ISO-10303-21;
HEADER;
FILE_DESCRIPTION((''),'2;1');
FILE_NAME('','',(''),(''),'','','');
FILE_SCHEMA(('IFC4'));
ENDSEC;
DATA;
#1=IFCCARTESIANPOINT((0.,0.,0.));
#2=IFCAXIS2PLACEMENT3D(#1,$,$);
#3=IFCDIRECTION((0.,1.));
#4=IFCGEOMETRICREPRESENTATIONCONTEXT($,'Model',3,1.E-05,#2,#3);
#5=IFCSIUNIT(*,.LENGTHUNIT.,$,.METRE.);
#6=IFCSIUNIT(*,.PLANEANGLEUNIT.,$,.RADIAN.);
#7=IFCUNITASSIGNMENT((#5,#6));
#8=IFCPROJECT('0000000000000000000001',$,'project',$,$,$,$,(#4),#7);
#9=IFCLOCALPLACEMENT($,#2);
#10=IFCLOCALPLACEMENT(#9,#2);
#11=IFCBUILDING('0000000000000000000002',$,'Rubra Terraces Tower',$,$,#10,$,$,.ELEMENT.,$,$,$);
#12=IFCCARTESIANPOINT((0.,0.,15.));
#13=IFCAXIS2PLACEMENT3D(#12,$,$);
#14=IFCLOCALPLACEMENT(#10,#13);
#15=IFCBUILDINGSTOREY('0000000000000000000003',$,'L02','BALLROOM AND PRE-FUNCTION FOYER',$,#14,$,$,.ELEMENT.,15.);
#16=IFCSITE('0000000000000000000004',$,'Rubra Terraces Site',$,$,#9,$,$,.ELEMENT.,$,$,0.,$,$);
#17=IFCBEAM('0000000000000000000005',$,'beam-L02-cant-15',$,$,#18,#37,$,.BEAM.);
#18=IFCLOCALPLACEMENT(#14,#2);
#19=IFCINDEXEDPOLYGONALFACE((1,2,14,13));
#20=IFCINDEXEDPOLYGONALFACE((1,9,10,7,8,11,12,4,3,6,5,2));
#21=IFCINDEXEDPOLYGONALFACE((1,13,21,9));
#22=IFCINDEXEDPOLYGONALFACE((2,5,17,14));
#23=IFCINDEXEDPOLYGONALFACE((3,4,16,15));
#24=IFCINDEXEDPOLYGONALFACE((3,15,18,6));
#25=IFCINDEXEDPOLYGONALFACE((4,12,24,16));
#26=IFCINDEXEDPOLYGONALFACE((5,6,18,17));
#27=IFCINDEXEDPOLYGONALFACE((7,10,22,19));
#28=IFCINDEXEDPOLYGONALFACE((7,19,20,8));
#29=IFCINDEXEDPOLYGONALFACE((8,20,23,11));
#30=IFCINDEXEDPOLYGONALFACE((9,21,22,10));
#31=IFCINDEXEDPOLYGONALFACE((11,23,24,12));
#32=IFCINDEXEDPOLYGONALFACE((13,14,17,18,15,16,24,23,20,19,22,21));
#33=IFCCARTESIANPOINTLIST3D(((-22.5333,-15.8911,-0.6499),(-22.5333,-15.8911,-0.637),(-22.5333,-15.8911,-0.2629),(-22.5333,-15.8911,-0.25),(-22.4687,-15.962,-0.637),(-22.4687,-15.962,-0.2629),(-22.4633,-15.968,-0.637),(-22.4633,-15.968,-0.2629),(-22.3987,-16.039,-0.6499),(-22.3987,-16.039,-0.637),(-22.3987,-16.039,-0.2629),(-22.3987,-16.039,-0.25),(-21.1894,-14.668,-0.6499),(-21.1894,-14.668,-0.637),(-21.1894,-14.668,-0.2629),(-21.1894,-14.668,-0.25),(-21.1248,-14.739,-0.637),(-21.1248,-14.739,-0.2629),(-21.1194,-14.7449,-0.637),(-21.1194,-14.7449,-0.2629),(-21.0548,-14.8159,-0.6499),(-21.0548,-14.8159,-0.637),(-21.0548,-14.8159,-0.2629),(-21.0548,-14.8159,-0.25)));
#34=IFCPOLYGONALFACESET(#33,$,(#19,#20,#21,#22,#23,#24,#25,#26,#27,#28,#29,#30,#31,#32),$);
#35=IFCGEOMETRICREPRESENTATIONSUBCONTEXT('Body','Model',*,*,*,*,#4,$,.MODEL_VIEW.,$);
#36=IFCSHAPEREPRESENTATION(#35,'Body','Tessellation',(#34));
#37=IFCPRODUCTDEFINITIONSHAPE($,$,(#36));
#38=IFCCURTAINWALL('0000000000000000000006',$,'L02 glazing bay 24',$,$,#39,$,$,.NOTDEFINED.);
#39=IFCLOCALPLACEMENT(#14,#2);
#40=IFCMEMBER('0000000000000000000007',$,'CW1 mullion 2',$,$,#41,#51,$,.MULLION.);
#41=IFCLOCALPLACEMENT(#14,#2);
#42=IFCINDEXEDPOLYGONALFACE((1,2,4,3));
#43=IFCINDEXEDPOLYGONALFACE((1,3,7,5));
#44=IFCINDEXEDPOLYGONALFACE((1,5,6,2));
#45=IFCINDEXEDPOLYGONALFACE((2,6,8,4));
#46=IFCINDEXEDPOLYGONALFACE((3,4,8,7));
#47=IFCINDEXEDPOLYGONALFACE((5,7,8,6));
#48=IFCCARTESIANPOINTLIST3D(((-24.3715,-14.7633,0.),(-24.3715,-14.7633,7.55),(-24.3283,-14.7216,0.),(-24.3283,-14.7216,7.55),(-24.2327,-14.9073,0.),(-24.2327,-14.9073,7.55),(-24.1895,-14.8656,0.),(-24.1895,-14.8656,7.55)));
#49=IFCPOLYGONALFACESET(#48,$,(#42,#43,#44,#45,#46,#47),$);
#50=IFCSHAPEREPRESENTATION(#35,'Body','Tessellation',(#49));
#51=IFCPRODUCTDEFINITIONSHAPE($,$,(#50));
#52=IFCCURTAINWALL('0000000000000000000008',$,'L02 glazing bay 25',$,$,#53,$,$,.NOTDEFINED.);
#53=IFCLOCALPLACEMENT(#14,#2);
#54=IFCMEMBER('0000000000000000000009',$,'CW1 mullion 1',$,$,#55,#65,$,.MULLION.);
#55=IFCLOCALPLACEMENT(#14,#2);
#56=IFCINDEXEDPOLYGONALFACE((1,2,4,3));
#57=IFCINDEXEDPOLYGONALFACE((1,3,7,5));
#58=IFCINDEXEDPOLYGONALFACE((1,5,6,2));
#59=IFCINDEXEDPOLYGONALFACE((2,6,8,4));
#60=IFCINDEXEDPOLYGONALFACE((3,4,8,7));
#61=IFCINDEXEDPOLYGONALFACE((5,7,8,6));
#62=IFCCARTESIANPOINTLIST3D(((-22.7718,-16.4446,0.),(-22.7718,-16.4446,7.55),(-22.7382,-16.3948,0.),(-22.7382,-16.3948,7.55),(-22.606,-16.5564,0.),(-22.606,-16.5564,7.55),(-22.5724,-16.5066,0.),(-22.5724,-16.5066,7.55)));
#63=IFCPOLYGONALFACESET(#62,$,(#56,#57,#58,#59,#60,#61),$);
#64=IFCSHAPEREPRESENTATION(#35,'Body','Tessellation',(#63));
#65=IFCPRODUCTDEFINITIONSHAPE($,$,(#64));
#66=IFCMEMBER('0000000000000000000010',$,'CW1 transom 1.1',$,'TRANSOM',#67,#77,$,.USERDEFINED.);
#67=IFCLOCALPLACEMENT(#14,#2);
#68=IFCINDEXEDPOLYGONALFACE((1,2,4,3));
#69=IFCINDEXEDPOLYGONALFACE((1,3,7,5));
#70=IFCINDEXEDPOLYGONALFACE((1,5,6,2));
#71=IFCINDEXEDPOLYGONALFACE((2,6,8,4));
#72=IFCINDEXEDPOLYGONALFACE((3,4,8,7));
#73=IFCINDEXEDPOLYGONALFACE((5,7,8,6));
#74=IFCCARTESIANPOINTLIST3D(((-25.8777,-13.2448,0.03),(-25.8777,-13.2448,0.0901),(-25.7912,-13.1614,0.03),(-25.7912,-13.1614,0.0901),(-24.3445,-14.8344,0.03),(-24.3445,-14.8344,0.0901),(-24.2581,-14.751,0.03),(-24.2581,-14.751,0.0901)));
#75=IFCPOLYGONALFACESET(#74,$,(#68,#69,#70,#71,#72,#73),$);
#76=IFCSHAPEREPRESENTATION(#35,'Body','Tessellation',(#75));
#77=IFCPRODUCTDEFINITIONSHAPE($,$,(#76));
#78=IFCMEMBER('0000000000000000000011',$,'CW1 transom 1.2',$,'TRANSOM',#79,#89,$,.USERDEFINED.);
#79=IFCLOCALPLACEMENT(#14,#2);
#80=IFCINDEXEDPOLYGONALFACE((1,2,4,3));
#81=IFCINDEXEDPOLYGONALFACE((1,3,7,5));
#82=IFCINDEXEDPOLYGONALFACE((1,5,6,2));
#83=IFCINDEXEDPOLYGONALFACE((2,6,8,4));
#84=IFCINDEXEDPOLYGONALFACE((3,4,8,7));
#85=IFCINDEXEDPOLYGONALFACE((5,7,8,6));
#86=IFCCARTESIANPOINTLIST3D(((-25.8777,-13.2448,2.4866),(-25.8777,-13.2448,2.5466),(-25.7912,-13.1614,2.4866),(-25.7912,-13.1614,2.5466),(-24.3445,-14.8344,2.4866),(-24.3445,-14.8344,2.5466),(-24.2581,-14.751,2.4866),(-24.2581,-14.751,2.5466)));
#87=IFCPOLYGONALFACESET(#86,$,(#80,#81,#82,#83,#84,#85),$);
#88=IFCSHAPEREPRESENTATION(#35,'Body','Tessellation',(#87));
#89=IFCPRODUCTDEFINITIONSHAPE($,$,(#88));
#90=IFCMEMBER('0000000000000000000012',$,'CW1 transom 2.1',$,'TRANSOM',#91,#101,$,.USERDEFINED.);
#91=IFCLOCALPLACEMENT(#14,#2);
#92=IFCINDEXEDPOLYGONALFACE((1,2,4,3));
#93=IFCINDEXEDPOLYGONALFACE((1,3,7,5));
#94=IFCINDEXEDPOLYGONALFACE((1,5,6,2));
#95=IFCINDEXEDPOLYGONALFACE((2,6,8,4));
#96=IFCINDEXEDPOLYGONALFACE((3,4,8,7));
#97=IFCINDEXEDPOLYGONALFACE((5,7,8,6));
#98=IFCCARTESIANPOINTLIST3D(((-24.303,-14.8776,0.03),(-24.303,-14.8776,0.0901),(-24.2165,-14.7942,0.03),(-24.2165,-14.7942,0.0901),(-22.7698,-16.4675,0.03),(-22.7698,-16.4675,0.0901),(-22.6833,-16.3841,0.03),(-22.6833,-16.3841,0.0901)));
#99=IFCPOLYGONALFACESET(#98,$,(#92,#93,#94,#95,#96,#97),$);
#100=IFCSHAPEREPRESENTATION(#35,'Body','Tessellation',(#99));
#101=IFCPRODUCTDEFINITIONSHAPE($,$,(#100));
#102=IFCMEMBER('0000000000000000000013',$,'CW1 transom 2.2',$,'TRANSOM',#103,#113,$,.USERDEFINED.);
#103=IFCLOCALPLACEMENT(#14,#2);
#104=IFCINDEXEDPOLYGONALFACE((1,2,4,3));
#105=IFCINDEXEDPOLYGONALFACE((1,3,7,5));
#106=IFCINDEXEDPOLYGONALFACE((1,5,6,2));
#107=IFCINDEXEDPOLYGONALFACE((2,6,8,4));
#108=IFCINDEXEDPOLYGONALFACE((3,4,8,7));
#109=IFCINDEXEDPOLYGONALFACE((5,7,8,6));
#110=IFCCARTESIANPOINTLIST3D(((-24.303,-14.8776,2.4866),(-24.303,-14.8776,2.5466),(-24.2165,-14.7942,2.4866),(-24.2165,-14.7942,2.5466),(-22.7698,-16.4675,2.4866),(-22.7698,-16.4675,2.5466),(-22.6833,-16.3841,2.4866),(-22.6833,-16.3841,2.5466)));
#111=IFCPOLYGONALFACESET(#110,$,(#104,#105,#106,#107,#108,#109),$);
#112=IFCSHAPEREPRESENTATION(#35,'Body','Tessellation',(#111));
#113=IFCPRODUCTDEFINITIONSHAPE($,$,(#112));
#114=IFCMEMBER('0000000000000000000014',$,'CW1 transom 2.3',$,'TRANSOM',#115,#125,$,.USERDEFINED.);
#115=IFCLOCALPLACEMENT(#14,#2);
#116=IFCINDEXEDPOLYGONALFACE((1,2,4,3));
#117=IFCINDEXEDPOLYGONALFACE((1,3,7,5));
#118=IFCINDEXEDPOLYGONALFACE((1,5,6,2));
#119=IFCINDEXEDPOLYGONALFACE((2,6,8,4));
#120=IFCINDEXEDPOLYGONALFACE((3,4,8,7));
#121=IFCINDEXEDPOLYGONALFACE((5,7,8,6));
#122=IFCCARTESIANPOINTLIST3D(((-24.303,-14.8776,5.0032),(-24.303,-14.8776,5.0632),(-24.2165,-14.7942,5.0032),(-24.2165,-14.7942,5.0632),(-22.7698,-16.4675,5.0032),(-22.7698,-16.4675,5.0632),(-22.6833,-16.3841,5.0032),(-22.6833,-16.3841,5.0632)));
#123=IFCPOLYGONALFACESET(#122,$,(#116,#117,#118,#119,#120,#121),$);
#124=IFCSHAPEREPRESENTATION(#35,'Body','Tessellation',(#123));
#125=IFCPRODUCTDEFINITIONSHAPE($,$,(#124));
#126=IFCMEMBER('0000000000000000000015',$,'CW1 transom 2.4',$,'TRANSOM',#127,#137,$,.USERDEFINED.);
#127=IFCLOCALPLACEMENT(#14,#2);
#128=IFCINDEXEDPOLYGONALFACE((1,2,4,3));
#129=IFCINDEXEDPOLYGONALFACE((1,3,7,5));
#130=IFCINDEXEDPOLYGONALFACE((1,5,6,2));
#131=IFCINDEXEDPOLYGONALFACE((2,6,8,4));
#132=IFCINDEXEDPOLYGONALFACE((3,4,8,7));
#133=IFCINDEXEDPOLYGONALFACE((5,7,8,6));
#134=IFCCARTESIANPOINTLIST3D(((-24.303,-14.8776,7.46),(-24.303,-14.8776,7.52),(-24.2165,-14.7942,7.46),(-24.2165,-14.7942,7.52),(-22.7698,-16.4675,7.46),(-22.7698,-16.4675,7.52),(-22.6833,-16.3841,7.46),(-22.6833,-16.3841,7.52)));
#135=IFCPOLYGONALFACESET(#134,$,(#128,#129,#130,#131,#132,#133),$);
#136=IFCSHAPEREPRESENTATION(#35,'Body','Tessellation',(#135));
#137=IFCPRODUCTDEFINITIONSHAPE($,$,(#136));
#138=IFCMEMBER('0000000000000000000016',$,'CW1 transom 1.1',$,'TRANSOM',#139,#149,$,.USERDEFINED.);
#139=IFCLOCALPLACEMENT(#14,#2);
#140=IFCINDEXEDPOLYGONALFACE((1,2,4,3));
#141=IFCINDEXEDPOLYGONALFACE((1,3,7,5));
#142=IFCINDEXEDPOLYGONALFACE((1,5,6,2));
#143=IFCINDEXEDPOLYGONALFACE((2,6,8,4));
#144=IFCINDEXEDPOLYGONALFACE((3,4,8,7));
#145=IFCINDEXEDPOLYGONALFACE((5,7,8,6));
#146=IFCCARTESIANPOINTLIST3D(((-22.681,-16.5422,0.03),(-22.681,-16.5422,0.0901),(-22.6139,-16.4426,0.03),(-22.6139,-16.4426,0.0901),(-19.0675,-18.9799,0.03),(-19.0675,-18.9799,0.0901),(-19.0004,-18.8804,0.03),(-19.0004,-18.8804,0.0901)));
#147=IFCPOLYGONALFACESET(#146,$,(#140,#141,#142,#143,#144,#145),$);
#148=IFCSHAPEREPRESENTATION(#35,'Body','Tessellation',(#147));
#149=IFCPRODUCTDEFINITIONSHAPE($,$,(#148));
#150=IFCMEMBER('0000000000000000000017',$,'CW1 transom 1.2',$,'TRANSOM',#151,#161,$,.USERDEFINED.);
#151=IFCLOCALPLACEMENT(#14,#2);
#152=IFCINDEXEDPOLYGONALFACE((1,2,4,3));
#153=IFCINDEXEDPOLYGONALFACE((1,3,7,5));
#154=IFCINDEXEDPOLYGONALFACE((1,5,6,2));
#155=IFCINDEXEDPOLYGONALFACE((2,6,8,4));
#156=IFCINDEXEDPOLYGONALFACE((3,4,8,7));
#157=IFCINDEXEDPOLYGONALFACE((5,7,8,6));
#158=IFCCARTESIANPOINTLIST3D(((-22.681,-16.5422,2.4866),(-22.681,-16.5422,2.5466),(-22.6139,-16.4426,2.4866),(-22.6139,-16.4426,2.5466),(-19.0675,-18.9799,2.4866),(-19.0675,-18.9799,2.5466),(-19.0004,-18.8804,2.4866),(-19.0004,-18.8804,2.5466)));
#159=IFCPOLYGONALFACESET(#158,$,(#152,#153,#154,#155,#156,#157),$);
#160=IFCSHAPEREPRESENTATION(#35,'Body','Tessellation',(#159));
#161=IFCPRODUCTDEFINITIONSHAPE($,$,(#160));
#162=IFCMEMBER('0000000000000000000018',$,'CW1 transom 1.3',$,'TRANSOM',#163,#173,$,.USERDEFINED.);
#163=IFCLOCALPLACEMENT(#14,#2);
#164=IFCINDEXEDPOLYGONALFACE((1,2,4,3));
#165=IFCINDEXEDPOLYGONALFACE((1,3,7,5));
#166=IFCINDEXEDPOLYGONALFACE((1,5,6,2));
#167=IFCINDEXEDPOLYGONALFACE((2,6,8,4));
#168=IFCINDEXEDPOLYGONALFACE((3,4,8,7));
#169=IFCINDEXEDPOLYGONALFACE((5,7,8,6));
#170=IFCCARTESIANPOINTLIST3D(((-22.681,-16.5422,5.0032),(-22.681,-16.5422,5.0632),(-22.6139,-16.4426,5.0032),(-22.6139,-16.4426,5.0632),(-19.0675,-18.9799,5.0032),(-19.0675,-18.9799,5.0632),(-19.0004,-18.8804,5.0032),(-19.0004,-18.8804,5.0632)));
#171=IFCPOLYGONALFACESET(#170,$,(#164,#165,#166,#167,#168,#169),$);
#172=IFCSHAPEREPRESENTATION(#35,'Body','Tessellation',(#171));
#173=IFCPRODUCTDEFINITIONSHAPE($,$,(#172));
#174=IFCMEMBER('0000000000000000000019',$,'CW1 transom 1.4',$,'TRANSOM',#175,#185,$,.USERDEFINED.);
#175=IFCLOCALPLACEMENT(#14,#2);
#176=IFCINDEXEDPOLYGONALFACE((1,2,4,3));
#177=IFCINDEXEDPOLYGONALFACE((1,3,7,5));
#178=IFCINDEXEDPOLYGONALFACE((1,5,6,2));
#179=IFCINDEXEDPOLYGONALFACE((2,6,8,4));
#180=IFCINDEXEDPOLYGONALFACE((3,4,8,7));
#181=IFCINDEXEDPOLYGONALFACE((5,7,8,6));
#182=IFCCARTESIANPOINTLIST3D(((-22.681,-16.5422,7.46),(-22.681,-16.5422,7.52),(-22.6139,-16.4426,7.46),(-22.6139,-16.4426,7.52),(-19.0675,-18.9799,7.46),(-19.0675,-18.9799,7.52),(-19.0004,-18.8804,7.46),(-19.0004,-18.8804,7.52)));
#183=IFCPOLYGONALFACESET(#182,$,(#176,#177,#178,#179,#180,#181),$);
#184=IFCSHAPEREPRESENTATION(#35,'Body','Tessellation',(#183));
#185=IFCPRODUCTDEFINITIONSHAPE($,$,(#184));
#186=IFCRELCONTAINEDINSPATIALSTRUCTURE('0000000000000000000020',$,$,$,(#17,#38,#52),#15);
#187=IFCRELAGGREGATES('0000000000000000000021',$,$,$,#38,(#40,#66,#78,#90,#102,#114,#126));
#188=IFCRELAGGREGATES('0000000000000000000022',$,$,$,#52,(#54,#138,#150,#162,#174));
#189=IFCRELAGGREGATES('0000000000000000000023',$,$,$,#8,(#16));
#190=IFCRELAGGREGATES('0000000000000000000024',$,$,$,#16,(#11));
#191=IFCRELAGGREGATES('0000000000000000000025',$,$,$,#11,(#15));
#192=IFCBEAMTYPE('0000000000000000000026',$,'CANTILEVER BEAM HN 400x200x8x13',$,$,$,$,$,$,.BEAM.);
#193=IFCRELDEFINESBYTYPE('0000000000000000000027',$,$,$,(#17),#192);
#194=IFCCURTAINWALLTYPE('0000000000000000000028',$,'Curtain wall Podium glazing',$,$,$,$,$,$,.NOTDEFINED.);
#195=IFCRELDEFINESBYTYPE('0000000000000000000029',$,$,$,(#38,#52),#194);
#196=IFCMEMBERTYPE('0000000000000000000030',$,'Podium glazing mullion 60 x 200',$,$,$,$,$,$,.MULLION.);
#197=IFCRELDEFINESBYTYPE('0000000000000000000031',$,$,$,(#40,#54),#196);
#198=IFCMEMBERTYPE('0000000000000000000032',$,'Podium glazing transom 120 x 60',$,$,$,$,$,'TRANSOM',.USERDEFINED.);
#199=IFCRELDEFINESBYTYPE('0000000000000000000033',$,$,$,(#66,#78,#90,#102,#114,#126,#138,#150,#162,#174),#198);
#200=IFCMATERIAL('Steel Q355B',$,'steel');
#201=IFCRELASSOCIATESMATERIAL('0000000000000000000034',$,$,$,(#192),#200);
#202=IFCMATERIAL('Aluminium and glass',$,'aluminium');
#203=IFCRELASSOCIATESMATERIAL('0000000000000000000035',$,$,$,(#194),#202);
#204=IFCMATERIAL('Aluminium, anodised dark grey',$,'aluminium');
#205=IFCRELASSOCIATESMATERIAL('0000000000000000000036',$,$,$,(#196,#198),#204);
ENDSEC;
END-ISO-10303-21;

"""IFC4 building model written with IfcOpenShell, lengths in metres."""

from ifc_helpers import new_model, si_unit, direction, frame, origin, origin_2d, place, context, subcontext, project, spatial, rectangle, i_section, extrude, material, material_profile, profile_set, type_object, element, aggregate, save


model = new_model("IFC4")

# Units and contexts
model_context = context("Model", 3, precision=1e-05, world=origin(), true_north=direction((0.0, 1.0)))
body_context = subcontext(model_context, "Body", "Model", "MODEL_VIEW")
ifc_project = project(units=[si_unit("LENGTHUNIT", "METRE"), si_unit("PLANEANGLEUNIT", "RADIAN")], contexts=[model_context])

# Site, building, storey
site_placement = place(None, origin())
site = spatial("IfcSite", under=ifc_project, at=site_placement, Name="Rubra Terraces Site", CompositionType="ELEMENT", RefElevation=0.0)
building_placement = place(site_placement, origin())
building = spatial("IfcBuilding", under=site, at=building_placement, Name="Rubra Terraces Tower", CompositionType="ELEMENT")
storey_placement = place(building_placement, frame((0.0, 0.0, 15.0)))
storey = spatial("IfcBuildingStorey", under=building, at=storey_placement, Name="L02", Description="BALLROOM AND PRE-FUNCTION FOYER", CompositionType="ELEMENT", Elevation=15.0)

# Beam
ifc_material_1 = material(Name="Steel Q355B", Category="steel")
ifc_material_profile_1 = material_profile(ifc_material_1, i_section(OverallWidth=0.2, OverallDepth=0.3999, WebThickness=0.0081, FlangeThickness=0.0129, at=origin_2d()), Name="HN 400x200x8x13")
ifc_profile_set_1 = profile_set([ifc_material_profile_1], Name="Steel Q355B")
beam_type = type_object("IfcBeamType", Name="CANTILEVER BEAM HN 400x200x8x13", PredefinedType="BEAM", material=ifc_profile_set_1)
beam_placement = place(storey_placement, frame((-21.1221, -14.7419, -0.45), z_axis=(-0.739575, -0.673074, 0.0), x_axis=(0.673074, -0.739575, 0.0)))
element("IfcBeam", 1, at=beam_placement, inside=storey, type_object=beam_type, Name="beam-L02-cant-15", PredefinedType="BEAM", context=body_context, shape_type="SweptSolid", body=[
    extrude(i_section(OverallWidth=0.2, OverallDepth=0.3999, WebThickness=0.0081, FlangeThickness=0.0129, at=origin_2d()), origin(), (0.0, 0.0, 1.0), 1.8171),
])

# Curtain walls, members
ifc_material_2 = material(Name="Aluminium and glass", Category="aluminium")
curtain_wall_type = type_object("IfcCurtainWallType", Name="Curtain wall Podium glazing", PredefinedType="NOTDEFINED", material=ifc_material_2)
curtain_wall_1_placement = place(storey_placement, origin())
curtain_wall_1 = element("IfcCurtainWall", 2, at=curtain_wall_1_placement, inside=storey, type_object=curtain_wall_type, Name="L02 glazing bay 24", PredefinedType="NOTDEFINED")
ifc_material_3 = material(Name="Aluminium, anodised dark grey", Category="aluminium")
ifc_material_profile_2 = material_profile(ifc_material_3, rectangle(XDim=0.0601, YDim=0.2, at=origin_2d()), Name="AL 60x200")
ifc_profile_set_2 = profile_set([ifc_material_profile_2], Name="Aluminium, anodised dark grey")
member_type_1 = type_object("IfcMemberType", Name="Podium glazing mullion 60 x 200", PredefinedType="MULLION", material=ifc_profile_set_2)
member_1_placement = place(storey_placement, frame((-24.2805, -14.8145, 0.0), z_axis=(0.0, 0.0, 1.0), x_axis=(0.719825, 0.694156, 0.0)))
member_1 = element("IfcMember", 3, at=member_1_placement, type_object=member_type_1, Name="CW1 mullion 2", PredefinedType="MULLION", context=body_context, shape_type="SweptSolid", body=[
    extrude(rectangle(XDim=0.0601, YDim=0.2, at=origin_2d()), origin(), (0.0, 0.0, 1.0), 7.55),
])
curtain_wall_2_placement = place(storey_placement, origin())
curtain_wall_2 = element("IfcCurtainWall", 4, at=curtain_wall_2_placement, inside=storey, type_object=curtain_wall_type, Name="L02 glazing bay 25", PredefinedType="NOTDEFINED")
member_2_placement = place(storey_placement, frame((-22.6721, -16.4756, 0.0), z_axis=(0.0, 0.0, 1.0), x_axis=(0.559277, 0.828981, 0.0)))
member_2 = element("IfcMember", 5, at=member_2_placement, type_object=member_type_1, Name="CW1 mullion 1", PredefinedType="MULLION", context=body_context, shape_type="SweptSolid", body=[
    extrude(rectangle(XDim=0.0601, YDim=0.2, at=origin_2d()), origin(), (0.0, 0.0, 1.0), 7.55),
])

# Members
ifc_material_profile_3 = material_profile(ifc_material_3, rectangle(XDim=0.1201, YDim=0.0601, at=origin_2d()), Name="AL 120x60")
ifc_profile_set_3 = profile_set([ifc_material_profile_3], Name="Aluminium, anodised dark grey")
member_type_2 = type_object("IfcMemberType", Name="Podium glazing transom 120 x 60", ElementType="TRANSOM", PredefinedType="USERDEFINED", material=ifc_profile_set_3)
member_3_placement = place(storey_placement, frame((-25.8345, -13.2031, 0.0601), z_axis=(0.694224, -0.719759, 0.0), x_axis=(0.719759, 0.694224, 0.0)))
member_3 = element("IfcMember", 6, at=member_3_placement, type_object=member_type_2, Name="CW1 transom 1.1", ObjectType="TRANSOM", PredefinedType="USERDEFINED", context=body_context, shape_type="SweptSolid", body=[
    extrude(rectangle(XDim=0.1201, YDim=0.0601, at=origin_2d()), origin(), (0.0, 0.0, 1.0), 2.2085),
])
member_4_placement = place(storey_placement, frame((-25.8345, -13.2031, 2.5166), z_axis=(0.694224, -0.719759, 0.0), x_axis=(0.719759, 0.694224, 0.0)))
member_4 = element("IfcMember", 7, at=member_4_placement, type_object=member_type_2, Name="CW1 transom 1.2", ObjectType="TRANSOM", PredefinedType="USERDEFINED", context=body_context, shape_type="SweptSolid", body=[
    extrude(rectangle(XDim=0.1201, YDim=0.0601, at=origin_2d()), origin(), (0.0, 0.0, 1.0), 2.2085),
])
member_5_placement = place(storey_placement, frame((-24.2598, -14.8359, 0.0601), z_axis=(0.694168, -0.719813, 0.0), x_axis=(0.719813, 0.694168, 0.0)))
member_5 = element("IfcMember", 8, at=member_5_placement, type_object=member_type_2, Name="CW1 transom 2.1", ObjectType="TRANSOM", PredefinedType="USERDEFINED", context=body_context, shape_type="SweptSolid", body=[
    extrude(rectangle(XDim=0.1201, YDim=0.0601, at=origin_2d()), origin(), (0.0, 0.0, 1.0), 2.2087),
])
member_6_placement = place(storey_placement, frame((-24.2598, -14.8359, 2.5166), z_axis=(0.694168, -0.719813, 0.0), x_axis=(0.719813, 0.694168, 0.0)))
member_6 = element("IfcMember", 9, at=member_6_placement, type_object=member_type_2, Name="CW1 transom 2.2", ObjectType="TRANSOM", PredefinedType="USERDEFINED", context=body_context, shape_type="SweptSolid", body=[
    extrude(rectangle(XDim=0.1201, YDim=0.0601, at=origin_2d()), origin(), (0.0, 0.0, 1.0), 2.2087),
])
member_7_placement = place(storey_placement, frame((-24.2598, -14.8359, 5.0332), z_axis=(0.694168, -0.719813, 0.0), x_axis=(0.719813, 0.694168, 0.0)))
member_7 = element("IfcMember", 10, at=member_7_placement, type_object=member_type_2, Name="CW1 transom 2.3", ObjectType="TRANSOM", PredefinedType="USERDEFINED", context=body_context, shape_type="SweptSolid", body=[
    extrude(rectangle(XDim=0.1201, YDim=0.0601, at=origin_2d()), origin(), (0.0, 0.0, 1.0), 2.2087),
])
member_8_placement = place(storey_placement, frame((-24.2598, -14.8359, 7.49), z_axis=(0.694168, -0.719813, 0.0), x_axis=(0.719813, 0.694168, 0.0)))
member_8 = element("IfcMember", 11, at=member_8_placement, type_object=member_type_2, Name="CW1 transom 2.4", ObjectType="TRANSOM", PredefinedType="USERDEFINED", context=body_context, shape_type="SweptSolid", body=[
    extrude(rectangle(XDim=0.1201, YDim=0.0601, at=origin_2d()), origin(), (0.0, 0.0, 1.0), 2.2087),
])
member_9_placement = place(storey_placement, frame((-22.6475, -16.4924, 0.0601), z_axis=(0.828996, -0.559254, 0.0), x_axis=(0.559254, 0.828996, 0.0)))
member_9 = element("IfcMember", 12, at=member_9_placement, type_object=member_type_2, Name="CW1 transom 1.1", ObjectType="TRANSOM", PredefinedType="USERDEFINED", context=body_context, shape_type="SweptSolid", body=[
    extrude(rectangle(XDim=0.1201, YDim=0.0601, at=origin_2d()), origin(), (0.0, 0.0, 1.0), 4.3589),
])
member_10_placement = place(storey_placement, frame((-22.6475, -16.4924, 2.5166), z_axis=(0.828996, -0.559254, 0.0), x_axis=(0.559254, 0.828996, 0.0)))
member_10 = element("IfcMember", 13, at=member_10_placement, type_object=member_type_2, Name="CW1 transom 1.2", ObjectType="TRANSOM", PredefinedType="USERDEFINED", context=body_context, shape_type="SweptSolid", body=[
    extrude(rectangle(XDim=0.1201, YDim=0.0601, at=origin_2d()), origin(), (0.0, 0.0, 1.0), 4.3589),
])
member_11_placement = place(storey_placement, frame((-22.6475, -16.4924, 5.0332), z_axis=(0.828996, -0.559254, 0.0), x_axis=(0.559254, 0.828996, 0.0)))
member_11 = element("IfcMember", 14, at=member_11_placement, type_object=member_type_2, Name="CW1 transom 1.3", ObjectType="TRANSOM", PredefinedType="USERDEFINED", context=body_context, shape_type="SweptSolid", body=[
    extrude(rectangle(XDim=0.1201, YDim=0.0601, at=origin_2d()), origin(), (0.0, 0.0, 1.0), 4.3589),
])
member_12_placement = place(storey_placement, frame((-22.6475, -16.4924, 7.49), z_axis=(0.828996, -0.559254, 0.0), x_axis=(0.559254, 0.828996, 0.0)))
member_12 = element("IfcMember", 15, at=member_12_placement, type_object=member_type_2, Name="CW1 transom 1.4", ObjectType="TRANSOM", PredefinedType="USERDEFINED", context=body_context, shape_type="SweptSolid", body=[
    extrude(rectangle(XDim=0.1201, YDim=0.0601, at=origin_2d()), origin(), (0.0, 0.0, 1.0), 4.3589),
])

aggregate(curtain_wall_1, [member_1, member_3, member_4, member_5, member_6, member_7, member_8])
aggregate(curtain_wall_2, [member_2, member_9, member_10, member_11, member_12])

save(model, "model.ifc")
